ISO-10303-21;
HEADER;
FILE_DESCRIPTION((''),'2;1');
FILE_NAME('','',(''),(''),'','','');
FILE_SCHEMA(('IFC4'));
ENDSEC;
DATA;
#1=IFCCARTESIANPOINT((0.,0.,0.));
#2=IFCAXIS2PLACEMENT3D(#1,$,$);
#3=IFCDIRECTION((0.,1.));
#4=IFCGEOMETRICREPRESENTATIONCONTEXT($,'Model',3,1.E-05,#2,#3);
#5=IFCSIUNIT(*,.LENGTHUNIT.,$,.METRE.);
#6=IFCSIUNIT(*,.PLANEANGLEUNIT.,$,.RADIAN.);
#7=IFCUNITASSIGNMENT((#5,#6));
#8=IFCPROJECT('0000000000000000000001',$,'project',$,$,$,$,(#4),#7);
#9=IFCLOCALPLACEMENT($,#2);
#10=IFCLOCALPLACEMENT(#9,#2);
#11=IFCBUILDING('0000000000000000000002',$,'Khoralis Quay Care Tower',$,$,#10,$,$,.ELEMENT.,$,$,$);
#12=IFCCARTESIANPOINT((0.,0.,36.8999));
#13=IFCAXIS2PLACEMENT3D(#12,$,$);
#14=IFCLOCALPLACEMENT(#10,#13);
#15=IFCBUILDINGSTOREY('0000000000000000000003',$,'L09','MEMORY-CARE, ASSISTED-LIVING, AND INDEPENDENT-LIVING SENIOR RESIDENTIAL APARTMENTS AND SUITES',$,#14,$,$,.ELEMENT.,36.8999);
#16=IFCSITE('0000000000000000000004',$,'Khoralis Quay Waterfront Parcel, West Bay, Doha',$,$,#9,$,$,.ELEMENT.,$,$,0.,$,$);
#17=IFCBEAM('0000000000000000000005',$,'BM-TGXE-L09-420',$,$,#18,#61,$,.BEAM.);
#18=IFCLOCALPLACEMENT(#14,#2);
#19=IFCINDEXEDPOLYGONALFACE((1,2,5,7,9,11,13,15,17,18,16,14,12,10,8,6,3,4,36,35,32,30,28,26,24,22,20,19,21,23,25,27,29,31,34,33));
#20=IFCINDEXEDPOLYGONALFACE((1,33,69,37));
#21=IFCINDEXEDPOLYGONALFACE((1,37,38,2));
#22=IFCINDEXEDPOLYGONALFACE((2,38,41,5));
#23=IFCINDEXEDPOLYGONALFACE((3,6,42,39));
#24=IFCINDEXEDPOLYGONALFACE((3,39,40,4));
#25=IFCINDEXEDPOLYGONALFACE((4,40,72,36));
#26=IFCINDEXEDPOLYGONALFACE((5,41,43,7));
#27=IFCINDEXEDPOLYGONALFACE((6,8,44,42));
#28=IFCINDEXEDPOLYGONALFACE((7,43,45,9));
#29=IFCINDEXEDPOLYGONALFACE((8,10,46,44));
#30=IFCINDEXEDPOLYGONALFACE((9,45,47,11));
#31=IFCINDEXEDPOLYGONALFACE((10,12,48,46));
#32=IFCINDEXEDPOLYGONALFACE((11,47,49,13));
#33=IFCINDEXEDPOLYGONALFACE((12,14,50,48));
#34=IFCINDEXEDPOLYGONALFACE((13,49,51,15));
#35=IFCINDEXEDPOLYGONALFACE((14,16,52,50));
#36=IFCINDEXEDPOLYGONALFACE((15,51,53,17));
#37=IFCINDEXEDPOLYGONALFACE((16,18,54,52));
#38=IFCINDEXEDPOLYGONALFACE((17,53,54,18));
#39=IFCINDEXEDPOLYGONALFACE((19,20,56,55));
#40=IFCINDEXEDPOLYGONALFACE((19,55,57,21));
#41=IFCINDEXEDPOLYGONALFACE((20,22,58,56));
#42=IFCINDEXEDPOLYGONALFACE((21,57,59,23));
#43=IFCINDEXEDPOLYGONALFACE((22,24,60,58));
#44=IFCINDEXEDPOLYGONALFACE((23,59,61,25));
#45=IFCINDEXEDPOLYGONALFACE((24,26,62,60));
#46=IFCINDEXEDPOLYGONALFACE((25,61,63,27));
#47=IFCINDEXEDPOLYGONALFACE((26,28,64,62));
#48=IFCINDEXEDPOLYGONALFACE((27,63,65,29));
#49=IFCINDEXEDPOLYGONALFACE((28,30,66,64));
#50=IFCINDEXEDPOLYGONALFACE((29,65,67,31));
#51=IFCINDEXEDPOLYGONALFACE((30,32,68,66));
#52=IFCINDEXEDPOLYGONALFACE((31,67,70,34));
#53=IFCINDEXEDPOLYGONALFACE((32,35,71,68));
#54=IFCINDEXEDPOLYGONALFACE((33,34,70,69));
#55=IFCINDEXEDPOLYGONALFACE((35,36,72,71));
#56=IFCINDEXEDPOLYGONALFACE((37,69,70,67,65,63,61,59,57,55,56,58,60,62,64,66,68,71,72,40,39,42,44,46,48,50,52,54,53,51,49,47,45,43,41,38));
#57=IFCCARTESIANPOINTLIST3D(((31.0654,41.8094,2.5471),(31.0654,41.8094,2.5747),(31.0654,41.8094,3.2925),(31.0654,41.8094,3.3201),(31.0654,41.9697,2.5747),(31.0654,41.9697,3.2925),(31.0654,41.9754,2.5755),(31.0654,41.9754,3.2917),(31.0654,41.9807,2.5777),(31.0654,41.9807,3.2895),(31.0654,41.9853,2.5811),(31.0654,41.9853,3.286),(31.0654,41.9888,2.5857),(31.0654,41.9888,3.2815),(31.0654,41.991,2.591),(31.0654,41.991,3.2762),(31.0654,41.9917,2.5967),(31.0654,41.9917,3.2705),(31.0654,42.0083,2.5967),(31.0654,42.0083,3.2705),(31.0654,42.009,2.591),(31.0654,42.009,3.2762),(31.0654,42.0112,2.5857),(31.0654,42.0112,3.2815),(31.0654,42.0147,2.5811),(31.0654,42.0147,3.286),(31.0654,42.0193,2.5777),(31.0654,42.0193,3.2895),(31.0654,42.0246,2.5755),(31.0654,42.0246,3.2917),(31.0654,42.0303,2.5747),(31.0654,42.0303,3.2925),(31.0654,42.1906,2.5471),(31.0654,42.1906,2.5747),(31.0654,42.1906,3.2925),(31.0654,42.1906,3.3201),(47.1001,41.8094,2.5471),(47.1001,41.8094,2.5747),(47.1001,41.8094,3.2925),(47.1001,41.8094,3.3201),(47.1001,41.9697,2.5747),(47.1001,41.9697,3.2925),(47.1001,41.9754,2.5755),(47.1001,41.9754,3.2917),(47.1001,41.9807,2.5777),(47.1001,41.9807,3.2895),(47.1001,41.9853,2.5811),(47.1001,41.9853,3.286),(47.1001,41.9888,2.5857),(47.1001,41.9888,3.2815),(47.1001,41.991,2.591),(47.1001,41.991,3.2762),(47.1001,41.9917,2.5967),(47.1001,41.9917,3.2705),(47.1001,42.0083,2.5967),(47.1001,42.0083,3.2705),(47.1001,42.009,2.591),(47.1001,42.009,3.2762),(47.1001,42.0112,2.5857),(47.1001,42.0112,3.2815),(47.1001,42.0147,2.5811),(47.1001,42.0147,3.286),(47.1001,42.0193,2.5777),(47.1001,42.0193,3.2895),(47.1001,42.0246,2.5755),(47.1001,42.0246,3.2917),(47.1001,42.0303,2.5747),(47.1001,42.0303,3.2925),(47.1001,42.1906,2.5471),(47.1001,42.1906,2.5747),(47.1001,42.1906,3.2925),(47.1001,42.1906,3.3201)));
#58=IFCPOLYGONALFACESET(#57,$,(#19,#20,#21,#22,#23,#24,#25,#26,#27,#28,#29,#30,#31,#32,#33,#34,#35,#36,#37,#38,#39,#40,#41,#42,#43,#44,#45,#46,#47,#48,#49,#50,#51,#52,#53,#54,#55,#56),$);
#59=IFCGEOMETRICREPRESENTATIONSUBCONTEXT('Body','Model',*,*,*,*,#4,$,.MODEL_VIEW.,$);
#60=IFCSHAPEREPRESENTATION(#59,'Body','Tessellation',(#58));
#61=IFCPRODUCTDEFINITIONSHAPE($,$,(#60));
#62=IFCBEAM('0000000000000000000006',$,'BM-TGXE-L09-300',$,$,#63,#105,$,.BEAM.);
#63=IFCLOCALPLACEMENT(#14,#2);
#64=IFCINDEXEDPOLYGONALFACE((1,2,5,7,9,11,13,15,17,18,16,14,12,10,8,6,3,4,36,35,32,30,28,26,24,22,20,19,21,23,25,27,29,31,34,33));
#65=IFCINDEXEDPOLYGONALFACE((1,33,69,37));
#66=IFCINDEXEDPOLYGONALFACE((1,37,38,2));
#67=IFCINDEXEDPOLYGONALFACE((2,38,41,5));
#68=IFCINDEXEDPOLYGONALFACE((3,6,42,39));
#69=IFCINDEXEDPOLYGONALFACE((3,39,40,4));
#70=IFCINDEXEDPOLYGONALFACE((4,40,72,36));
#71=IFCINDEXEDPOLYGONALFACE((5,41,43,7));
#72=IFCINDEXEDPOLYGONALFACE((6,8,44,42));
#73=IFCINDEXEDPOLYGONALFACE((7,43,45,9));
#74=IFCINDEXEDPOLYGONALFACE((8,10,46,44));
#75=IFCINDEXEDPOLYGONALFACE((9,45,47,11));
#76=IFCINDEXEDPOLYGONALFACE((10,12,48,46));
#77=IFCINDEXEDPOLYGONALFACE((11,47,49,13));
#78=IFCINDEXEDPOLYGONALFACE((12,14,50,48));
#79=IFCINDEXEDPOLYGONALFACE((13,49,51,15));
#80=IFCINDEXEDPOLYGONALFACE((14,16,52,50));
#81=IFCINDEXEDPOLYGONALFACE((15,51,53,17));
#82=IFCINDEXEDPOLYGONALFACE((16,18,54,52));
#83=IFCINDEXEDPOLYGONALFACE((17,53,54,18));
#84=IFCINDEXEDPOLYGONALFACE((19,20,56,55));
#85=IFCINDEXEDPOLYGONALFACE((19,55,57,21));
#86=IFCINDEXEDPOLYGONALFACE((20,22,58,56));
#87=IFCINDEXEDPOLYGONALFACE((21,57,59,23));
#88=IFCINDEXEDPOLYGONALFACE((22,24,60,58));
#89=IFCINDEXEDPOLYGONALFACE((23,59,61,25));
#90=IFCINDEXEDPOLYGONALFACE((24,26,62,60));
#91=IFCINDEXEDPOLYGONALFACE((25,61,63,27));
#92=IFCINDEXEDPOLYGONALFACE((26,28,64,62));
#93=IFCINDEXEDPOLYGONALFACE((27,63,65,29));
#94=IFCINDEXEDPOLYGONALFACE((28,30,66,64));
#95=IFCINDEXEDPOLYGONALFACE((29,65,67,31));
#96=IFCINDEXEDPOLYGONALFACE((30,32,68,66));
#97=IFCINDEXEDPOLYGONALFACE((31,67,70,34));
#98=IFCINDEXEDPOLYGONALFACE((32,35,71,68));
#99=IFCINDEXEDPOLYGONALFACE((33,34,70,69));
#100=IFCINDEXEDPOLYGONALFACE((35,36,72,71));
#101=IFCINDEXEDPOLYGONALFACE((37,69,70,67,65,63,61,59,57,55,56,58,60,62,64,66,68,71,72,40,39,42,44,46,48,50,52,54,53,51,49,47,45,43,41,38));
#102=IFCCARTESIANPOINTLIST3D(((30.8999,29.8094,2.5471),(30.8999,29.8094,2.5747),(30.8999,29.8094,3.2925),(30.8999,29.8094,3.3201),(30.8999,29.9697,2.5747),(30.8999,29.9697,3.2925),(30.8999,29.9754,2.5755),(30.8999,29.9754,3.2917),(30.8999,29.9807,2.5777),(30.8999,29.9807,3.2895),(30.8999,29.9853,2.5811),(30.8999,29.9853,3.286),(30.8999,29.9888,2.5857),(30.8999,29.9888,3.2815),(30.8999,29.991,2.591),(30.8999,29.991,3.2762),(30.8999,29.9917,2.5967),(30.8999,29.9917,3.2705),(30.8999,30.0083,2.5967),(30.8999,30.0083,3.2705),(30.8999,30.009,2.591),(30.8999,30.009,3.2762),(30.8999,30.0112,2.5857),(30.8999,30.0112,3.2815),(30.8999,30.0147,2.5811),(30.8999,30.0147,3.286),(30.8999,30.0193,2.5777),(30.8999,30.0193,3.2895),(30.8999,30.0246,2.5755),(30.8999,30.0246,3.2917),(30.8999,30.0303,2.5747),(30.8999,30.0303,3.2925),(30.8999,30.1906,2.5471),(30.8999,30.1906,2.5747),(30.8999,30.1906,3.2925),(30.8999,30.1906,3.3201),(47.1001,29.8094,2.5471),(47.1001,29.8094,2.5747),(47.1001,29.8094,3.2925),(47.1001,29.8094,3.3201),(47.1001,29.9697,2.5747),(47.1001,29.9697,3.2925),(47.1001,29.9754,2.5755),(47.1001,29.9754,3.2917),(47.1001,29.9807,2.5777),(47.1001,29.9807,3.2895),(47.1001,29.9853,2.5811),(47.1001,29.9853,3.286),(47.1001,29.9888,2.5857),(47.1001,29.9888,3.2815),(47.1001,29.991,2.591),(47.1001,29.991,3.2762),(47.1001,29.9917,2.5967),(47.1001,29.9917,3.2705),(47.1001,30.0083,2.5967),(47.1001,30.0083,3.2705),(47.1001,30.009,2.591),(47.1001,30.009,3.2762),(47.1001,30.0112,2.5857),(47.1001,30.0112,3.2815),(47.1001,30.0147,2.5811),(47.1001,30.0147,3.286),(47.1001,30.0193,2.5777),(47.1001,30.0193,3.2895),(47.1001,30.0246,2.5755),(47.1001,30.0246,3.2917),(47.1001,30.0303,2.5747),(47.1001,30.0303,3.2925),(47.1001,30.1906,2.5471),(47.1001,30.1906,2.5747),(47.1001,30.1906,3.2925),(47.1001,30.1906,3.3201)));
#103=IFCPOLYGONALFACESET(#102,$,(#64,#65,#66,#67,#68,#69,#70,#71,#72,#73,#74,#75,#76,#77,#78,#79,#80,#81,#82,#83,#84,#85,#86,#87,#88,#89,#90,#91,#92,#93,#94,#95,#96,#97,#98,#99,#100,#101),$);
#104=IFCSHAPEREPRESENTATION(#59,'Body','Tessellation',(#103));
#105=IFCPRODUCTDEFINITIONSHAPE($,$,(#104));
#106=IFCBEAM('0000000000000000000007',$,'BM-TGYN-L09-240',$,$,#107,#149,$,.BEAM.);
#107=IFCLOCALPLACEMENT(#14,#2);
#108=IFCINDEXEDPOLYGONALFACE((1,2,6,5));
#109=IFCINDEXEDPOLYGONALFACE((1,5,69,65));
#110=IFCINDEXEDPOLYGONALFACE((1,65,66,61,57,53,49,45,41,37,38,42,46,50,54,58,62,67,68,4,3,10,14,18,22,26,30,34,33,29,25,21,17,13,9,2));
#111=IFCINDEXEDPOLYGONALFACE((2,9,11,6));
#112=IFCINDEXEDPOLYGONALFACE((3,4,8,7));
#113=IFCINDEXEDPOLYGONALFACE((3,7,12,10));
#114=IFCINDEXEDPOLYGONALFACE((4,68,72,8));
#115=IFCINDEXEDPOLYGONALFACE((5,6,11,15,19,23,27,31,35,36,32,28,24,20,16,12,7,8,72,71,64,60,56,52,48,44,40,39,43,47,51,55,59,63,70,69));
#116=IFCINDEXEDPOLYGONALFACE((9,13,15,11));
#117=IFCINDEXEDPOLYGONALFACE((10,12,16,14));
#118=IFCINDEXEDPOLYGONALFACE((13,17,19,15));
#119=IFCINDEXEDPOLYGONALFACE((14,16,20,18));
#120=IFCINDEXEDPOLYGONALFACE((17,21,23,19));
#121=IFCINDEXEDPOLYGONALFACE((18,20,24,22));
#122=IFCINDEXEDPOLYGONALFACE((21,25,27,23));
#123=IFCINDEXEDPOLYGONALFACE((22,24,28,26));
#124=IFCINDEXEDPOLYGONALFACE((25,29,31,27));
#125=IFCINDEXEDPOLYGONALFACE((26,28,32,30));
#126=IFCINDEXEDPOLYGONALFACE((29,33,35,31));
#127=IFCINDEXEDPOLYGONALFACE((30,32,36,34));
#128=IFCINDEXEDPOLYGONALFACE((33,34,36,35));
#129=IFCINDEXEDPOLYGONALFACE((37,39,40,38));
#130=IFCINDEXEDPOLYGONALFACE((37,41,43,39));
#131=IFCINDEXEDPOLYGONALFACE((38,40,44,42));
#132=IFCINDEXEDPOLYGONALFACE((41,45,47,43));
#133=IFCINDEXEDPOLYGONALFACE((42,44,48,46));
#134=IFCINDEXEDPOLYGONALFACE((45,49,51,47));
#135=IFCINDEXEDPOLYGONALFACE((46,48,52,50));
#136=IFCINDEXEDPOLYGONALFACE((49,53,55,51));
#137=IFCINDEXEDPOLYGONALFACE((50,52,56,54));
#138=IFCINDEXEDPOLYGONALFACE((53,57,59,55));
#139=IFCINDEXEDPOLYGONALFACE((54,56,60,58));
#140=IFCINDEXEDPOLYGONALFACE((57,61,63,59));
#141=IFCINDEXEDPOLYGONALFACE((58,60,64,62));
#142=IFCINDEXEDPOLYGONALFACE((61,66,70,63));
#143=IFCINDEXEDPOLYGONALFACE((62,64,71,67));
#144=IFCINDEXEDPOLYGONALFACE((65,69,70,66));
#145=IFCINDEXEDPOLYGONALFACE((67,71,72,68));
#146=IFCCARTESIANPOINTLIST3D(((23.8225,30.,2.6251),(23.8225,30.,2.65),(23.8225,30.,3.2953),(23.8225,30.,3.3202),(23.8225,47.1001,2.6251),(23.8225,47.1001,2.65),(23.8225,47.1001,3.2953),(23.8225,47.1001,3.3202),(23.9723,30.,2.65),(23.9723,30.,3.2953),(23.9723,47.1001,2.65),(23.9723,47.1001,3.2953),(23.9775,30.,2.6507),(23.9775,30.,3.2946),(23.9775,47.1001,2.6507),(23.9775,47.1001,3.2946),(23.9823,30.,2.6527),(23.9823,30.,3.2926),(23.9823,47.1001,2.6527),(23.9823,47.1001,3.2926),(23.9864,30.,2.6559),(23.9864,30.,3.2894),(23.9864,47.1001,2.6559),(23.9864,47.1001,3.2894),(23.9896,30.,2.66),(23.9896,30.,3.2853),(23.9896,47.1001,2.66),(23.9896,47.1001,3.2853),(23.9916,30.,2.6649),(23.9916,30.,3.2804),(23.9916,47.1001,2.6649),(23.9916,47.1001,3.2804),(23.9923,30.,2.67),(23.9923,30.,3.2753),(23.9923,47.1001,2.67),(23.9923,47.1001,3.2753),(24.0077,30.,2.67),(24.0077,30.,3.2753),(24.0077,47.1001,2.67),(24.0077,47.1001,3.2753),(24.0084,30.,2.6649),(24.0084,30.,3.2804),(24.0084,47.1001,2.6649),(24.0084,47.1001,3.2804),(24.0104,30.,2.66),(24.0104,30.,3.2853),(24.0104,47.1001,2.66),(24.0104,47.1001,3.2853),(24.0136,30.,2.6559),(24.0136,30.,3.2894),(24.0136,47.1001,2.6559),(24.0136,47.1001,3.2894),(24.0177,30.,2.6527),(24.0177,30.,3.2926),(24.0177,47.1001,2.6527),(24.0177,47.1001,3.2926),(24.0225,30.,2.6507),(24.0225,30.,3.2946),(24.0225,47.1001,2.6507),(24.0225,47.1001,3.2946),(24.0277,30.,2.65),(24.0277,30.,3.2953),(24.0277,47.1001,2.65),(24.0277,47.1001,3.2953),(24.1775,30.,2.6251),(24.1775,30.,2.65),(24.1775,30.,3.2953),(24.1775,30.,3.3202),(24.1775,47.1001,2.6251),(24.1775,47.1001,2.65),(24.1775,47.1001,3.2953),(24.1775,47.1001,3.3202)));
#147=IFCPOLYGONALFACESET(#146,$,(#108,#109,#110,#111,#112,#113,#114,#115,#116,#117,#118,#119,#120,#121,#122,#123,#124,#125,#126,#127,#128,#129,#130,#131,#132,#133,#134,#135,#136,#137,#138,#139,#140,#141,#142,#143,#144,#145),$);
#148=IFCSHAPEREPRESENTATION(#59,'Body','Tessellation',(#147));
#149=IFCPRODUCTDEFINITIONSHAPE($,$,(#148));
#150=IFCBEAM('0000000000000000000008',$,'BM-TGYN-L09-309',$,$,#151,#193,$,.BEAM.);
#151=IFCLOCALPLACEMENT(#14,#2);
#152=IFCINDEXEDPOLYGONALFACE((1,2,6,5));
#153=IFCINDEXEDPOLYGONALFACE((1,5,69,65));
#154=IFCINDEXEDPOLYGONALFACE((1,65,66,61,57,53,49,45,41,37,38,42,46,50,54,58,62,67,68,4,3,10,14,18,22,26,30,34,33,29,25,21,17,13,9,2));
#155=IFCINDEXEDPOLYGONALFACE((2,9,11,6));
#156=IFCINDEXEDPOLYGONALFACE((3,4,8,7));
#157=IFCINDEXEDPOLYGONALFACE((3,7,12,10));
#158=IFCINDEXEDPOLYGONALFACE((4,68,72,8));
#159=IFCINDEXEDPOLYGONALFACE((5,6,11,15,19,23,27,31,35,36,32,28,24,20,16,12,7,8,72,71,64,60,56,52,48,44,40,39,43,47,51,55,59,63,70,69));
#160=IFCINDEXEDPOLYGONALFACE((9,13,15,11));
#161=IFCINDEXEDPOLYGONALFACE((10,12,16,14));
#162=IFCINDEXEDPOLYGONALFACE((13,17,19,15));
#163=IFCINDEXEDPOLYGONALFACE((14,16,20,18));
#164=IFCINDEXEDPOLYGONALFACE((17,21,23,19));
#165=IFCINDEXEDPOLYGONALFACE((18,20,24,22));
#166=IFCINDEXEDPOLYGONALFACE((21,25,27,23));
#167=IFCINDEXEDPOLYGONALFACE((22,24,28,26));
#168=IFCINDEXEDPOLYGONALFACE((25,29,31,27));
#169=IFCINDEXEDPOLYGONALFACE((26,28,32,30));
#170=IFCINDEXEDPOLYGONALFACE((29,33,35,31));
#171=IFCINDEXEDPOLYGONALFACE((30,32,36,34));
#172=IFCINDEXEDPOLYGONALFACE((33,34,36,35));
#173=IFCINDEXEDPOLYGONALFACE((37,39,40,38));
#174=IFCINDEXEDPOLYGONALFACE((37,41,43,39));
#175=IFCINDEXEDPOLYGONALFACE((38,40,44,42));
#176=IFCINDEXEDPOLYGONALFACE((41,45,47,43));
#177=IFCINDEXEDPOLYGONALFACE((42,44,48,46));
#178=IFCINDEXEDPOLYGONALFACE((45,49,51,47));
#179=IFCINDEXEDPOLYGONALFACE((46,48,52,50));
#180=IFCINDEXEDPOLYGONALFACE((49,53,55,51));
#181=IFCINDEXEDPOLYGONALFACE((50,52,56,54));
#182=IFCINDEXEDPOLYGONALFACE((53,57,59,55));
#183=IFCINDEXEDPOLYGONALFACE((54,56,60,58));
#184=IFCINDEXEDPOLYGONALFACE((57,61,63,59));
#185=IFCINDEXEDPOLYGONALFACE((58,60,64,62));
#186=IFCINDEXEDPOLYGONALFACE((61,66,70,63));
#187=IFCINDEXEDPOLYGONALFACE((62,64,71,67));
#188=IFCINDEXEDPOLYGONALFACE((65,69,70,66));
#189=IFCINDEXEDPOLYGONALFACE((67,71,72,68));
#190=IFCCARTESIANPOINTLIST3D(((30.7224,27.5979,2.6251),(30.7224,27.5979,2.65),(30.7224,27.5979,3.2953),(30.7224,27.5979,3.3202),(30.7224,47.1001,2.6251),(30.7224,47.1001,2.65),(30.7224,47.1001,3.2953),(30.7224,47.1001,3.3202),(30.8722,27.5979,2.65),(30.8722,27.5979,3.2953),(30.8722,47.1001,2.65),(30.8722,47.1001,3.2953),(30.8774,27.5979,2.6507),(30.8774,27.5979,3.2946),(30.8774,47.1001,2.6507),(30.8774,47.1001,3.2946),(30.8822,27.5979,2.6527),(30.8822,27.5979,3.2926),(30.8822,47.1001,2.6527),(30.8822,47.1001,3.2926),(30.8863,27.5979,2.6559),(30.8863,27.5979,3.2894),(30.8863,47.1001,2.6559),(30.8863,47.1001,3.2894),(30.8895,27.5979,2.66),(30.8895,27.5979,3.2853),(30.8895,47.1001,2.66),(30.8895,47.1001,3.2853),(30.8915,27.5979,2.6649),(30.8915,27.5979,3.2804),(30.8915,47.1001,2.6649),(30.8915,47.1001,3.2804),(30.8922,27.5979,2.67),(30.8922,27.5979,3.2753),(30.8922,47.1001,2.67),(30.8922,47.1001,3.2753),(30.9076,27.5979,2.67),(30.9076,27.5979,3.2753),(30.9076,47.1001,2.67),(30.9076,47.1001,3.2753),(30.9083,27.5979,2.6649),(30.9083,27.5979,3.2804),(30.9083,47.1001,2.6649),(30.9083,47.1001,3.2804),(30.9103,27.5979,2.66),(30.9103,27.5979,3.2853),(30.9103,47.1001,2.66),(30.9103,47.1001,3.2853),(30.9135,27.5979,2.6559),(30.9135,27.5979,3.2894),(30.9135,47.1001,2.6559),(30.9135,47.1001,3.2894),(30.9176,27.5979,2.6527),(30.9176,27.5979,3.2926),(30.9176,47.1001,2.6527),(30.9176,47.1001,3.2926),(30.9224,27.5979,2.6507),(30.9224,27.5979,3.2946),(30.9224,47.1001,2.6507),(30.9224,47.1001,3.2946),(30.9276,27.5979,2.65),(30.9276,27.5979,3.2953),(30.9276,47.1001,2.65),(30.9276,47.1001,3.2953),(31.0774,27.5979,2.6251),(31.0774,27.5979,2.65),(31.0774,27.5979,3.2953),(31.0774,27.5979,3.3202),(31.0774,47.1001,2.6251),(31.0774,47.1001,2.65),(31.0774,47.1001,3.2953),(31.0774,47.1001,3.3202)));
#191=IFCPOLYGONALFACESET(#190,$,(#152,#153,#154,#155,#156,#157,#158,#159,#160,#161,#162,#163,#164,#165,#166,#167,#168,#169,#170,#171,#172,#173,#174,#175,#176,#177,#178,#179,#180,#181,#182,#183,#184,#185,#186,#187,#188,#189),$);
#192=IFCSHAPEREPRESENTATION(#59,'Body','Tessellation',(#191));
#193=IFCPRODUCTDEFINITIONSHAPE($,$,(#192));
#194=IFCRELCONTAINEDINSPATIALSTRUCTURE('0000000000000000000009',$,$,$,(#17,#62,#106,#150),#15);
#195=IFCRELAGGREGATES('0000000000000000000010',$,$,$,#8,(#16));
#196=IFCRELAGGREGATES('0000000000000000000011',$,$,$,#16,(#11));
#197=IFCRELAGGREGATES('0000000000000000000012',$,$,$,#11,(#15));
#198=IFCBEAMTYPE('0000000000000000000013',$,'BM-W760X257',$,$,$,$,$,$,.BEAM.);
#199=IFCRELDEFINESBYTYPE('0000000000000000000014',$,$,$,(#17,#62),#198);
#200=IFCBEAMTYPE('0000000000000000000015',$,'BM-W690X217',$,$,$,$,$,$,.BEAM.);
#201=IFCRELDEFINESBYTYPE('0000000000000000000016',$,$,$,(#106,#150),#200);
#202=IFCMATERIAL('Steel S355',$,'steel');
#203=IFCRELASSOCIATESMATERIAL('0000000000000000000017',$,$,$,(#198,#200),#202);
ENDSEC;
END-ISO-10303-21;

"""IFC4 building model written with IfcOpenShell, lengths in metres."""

from ifc_helpers import new_model, si_unit, direction, frame, origin, origin_2d, place, context, subcontext, project, spatial, i_section, extrude, source, transform, mapped, material, material_profile, profile_set, type_object, element, save


model = new_model("IFC4")

# Units and contexts
model_context = context("Model", 3, precision=1e-05, world=origin(), true_north=direction((0.0, 1.0)))
body_context = subcontext(model_context, "Body", "Model", "MODEL_VIEW")
ifc_project = project(units=[si_unit("LENGTHUNIT", "METRE"), si_unit("PLANEANGLEUNIT", "RADIAN")], contexts=[model_context])

# Site, building, storey
site_placement = place(None, origin())
site = spatial("IfcSite", under=ifc_project, at=site_placement, Name="Khoralis Quay Waterfront Parcel, West Bay, Doha", CompositionType="ELEMENT", RefElevation=0.0)
building_placement = place(site_placement, origin())
building = spatial("IfcBuilding", under=site, at=building_placement, Name="Khoralis Quay Care Tower", CompositionType="ELEMENT")
storey_placement = place(building_placement, frame((0.0, 0.0, 36.8999)))
storey = spatial("IfcBuildingStorey", under=building, at=storey_placement, Name="L09", Description="MEMORY-CARE, ASSISTED-LIVING, AND INDEPENDENT-LIVING SENIOR RESIDENTIAL APARTMENTS AND SUITES", CompositionType="ELEMENT", Elevation=36.8999)

# Beams
ifc_material_1 = material(Name="Steel S355", Category="steel")
ifc_material_profile_1 = material_profile(ifc_material_1, i_section(OverallWidth=0.3811, OverallDepth=0.7729, WebThickness=0.0166, FlangeThickness=0.0276, FilletRadius=0.022, at=origin_2d()), Name="Steel S355")
ifc_profile_set_1 = profile_set([ifc_material_profile_1], Name="Steel S355")
beam_type_1 = type_object("IfcBeamType", Name="BM-W760X257", PredefinedType="BEAM", material=ifc_profile_set_1)
shared_shape_1 = source(origin(), body_context, "Body", "SweptSolid", [
    extrude(i_section(OverallWidth=0.3811, OverallDepth=0.7729, WebThickness=0.0166, FlangeThickness=0.0276, FilletRadius=0.022, at=origin_2d()), origin(), (0.0, 0.0, 1.0), 16.0347),
])
for number, where, z_axis, x_axis, name in (
    (1, (31.0654, 42.0, 2.9336), (1.0, 0.0, 0.0), (0.0, 1.0, 0.0), "BM-TGXE-L09-420"),
):
    element("IfcBeam", number, at=place(storey_placement, frame(where, z_axis=z_axis, x_axis=x_axis)), inside=storey, type_object=beam_type_1, Name=name, PredefinedType="BEAM", context=body_context, shape_type="MappedRepresentation", body=[
        mapped(shared_shape_1, transform((0.0, 0.0, 0.0), scale=1.0)),
    ])
shared_shape_2 = source(origin(), body_context, "Body", "SweptSolid", [
    extrude(i_section(OverallWidth=0.3811, OverallDepth=0.7729, WebThickness=0.0166, FlangeThickness=0.0276, FilletRadius=0.022, at=origin_2d()), origin(), (0.0, 0.0, 1.0), 16.2002),
])
beam_1_placement = place(storey_placement, frame((30.8999, 30.0, 2.9336), z_axis=(1.0, 0.0, 0.0), x_axis=(0.0, 1.0, 0.0)))
element("IfcBeam", 2, at=beam_1_placement, inside=storey, type_object=beam_type_1, Name="BM-TGXE-L09-300", PredefinedType="BEAM", context=body_context, shape_type="MappedRepresentation", body=[
    mapped(shared_shape_2, transform((0.0, 0.0, 0.0), scale=1.0)),
])
ifc_material_profile_2 = material_profile(ifc_material_1, i_section(OverallWidth=0.355, OverallDepth=0.6951, WebThickness=0.0154, FlangeThickness=0.0249, FilletRadius=0.02, at=origin_2d()), Name="Steel S355")
ifc_profile_set_2 = profile_set([ifc_material_profile_2], Name="Steel S355")
beam_type_2 = type_object("IfcBeamType", Name="BM-W690X217", PredefinedType="BEAM", material=ifc_profile_set_2)
shared_shape_3 = source(origin(), body_context, "Body", "SweptSolid", [
    extrude(i_section(OverallWidth=0.355, OverallDepth=0.6951, WebThickness=0.0154, FlangeThickness=0.0249, FilletRadius=0.02, at=origin_2d()), origin(), (0.0, 0.0, 1.0), 17.1001),
])
beam_2_placement = place(storey_placement, frame((24.0, 30.0, 2.9727), z_axis=(0.0, 1.0, 0.0), x_axis=(-1.0, 0.0, 0.0)))
element("IfcBeam", 3, at=beam_2_placement, inside=storey, type_object=beam_type_2, Name="BM-TGYN-L09-240", PredefinedType="BEAM", context=body_context, shape_type="MappedRepresentation", body=[
    mapped(shared_shape_3, transform((0.0, 0.0, 0.0), scale=1.0)),
])
shared_shape_4 = source(origin(), body_context, "Body", "SweptSolid", [
    extrude(i_section(OverallWidth=0.355, OverallDepth=0.6951, WebThickness=0.0154, FlangeThickness=0.0249, FilletRadius=0.02, at=origin_2d()), origin(), (0.0, 0.0, 1.0), 19.5022),
])
beam_3_placement = place(storey_placement, frame((30.8999, 27.5979, 2.9727), z_axis=(0.0, 1.0, 0.0), x_axis=(-1.0, 0.0, 0.0)))
element("IfcBeam", 4, at=beam_3_placement, inside=storey, type_object=beam_type_2, Name="BM-TGYN-L09-309", PredefinedType="BEAM", context=body_context, shape_type="MappedRepresentation", body=[
    mapped(shared_shape_4, transform((0.0, 0.0, 0.0), scale=1.0)),
])

save(model, "model.ifc")
